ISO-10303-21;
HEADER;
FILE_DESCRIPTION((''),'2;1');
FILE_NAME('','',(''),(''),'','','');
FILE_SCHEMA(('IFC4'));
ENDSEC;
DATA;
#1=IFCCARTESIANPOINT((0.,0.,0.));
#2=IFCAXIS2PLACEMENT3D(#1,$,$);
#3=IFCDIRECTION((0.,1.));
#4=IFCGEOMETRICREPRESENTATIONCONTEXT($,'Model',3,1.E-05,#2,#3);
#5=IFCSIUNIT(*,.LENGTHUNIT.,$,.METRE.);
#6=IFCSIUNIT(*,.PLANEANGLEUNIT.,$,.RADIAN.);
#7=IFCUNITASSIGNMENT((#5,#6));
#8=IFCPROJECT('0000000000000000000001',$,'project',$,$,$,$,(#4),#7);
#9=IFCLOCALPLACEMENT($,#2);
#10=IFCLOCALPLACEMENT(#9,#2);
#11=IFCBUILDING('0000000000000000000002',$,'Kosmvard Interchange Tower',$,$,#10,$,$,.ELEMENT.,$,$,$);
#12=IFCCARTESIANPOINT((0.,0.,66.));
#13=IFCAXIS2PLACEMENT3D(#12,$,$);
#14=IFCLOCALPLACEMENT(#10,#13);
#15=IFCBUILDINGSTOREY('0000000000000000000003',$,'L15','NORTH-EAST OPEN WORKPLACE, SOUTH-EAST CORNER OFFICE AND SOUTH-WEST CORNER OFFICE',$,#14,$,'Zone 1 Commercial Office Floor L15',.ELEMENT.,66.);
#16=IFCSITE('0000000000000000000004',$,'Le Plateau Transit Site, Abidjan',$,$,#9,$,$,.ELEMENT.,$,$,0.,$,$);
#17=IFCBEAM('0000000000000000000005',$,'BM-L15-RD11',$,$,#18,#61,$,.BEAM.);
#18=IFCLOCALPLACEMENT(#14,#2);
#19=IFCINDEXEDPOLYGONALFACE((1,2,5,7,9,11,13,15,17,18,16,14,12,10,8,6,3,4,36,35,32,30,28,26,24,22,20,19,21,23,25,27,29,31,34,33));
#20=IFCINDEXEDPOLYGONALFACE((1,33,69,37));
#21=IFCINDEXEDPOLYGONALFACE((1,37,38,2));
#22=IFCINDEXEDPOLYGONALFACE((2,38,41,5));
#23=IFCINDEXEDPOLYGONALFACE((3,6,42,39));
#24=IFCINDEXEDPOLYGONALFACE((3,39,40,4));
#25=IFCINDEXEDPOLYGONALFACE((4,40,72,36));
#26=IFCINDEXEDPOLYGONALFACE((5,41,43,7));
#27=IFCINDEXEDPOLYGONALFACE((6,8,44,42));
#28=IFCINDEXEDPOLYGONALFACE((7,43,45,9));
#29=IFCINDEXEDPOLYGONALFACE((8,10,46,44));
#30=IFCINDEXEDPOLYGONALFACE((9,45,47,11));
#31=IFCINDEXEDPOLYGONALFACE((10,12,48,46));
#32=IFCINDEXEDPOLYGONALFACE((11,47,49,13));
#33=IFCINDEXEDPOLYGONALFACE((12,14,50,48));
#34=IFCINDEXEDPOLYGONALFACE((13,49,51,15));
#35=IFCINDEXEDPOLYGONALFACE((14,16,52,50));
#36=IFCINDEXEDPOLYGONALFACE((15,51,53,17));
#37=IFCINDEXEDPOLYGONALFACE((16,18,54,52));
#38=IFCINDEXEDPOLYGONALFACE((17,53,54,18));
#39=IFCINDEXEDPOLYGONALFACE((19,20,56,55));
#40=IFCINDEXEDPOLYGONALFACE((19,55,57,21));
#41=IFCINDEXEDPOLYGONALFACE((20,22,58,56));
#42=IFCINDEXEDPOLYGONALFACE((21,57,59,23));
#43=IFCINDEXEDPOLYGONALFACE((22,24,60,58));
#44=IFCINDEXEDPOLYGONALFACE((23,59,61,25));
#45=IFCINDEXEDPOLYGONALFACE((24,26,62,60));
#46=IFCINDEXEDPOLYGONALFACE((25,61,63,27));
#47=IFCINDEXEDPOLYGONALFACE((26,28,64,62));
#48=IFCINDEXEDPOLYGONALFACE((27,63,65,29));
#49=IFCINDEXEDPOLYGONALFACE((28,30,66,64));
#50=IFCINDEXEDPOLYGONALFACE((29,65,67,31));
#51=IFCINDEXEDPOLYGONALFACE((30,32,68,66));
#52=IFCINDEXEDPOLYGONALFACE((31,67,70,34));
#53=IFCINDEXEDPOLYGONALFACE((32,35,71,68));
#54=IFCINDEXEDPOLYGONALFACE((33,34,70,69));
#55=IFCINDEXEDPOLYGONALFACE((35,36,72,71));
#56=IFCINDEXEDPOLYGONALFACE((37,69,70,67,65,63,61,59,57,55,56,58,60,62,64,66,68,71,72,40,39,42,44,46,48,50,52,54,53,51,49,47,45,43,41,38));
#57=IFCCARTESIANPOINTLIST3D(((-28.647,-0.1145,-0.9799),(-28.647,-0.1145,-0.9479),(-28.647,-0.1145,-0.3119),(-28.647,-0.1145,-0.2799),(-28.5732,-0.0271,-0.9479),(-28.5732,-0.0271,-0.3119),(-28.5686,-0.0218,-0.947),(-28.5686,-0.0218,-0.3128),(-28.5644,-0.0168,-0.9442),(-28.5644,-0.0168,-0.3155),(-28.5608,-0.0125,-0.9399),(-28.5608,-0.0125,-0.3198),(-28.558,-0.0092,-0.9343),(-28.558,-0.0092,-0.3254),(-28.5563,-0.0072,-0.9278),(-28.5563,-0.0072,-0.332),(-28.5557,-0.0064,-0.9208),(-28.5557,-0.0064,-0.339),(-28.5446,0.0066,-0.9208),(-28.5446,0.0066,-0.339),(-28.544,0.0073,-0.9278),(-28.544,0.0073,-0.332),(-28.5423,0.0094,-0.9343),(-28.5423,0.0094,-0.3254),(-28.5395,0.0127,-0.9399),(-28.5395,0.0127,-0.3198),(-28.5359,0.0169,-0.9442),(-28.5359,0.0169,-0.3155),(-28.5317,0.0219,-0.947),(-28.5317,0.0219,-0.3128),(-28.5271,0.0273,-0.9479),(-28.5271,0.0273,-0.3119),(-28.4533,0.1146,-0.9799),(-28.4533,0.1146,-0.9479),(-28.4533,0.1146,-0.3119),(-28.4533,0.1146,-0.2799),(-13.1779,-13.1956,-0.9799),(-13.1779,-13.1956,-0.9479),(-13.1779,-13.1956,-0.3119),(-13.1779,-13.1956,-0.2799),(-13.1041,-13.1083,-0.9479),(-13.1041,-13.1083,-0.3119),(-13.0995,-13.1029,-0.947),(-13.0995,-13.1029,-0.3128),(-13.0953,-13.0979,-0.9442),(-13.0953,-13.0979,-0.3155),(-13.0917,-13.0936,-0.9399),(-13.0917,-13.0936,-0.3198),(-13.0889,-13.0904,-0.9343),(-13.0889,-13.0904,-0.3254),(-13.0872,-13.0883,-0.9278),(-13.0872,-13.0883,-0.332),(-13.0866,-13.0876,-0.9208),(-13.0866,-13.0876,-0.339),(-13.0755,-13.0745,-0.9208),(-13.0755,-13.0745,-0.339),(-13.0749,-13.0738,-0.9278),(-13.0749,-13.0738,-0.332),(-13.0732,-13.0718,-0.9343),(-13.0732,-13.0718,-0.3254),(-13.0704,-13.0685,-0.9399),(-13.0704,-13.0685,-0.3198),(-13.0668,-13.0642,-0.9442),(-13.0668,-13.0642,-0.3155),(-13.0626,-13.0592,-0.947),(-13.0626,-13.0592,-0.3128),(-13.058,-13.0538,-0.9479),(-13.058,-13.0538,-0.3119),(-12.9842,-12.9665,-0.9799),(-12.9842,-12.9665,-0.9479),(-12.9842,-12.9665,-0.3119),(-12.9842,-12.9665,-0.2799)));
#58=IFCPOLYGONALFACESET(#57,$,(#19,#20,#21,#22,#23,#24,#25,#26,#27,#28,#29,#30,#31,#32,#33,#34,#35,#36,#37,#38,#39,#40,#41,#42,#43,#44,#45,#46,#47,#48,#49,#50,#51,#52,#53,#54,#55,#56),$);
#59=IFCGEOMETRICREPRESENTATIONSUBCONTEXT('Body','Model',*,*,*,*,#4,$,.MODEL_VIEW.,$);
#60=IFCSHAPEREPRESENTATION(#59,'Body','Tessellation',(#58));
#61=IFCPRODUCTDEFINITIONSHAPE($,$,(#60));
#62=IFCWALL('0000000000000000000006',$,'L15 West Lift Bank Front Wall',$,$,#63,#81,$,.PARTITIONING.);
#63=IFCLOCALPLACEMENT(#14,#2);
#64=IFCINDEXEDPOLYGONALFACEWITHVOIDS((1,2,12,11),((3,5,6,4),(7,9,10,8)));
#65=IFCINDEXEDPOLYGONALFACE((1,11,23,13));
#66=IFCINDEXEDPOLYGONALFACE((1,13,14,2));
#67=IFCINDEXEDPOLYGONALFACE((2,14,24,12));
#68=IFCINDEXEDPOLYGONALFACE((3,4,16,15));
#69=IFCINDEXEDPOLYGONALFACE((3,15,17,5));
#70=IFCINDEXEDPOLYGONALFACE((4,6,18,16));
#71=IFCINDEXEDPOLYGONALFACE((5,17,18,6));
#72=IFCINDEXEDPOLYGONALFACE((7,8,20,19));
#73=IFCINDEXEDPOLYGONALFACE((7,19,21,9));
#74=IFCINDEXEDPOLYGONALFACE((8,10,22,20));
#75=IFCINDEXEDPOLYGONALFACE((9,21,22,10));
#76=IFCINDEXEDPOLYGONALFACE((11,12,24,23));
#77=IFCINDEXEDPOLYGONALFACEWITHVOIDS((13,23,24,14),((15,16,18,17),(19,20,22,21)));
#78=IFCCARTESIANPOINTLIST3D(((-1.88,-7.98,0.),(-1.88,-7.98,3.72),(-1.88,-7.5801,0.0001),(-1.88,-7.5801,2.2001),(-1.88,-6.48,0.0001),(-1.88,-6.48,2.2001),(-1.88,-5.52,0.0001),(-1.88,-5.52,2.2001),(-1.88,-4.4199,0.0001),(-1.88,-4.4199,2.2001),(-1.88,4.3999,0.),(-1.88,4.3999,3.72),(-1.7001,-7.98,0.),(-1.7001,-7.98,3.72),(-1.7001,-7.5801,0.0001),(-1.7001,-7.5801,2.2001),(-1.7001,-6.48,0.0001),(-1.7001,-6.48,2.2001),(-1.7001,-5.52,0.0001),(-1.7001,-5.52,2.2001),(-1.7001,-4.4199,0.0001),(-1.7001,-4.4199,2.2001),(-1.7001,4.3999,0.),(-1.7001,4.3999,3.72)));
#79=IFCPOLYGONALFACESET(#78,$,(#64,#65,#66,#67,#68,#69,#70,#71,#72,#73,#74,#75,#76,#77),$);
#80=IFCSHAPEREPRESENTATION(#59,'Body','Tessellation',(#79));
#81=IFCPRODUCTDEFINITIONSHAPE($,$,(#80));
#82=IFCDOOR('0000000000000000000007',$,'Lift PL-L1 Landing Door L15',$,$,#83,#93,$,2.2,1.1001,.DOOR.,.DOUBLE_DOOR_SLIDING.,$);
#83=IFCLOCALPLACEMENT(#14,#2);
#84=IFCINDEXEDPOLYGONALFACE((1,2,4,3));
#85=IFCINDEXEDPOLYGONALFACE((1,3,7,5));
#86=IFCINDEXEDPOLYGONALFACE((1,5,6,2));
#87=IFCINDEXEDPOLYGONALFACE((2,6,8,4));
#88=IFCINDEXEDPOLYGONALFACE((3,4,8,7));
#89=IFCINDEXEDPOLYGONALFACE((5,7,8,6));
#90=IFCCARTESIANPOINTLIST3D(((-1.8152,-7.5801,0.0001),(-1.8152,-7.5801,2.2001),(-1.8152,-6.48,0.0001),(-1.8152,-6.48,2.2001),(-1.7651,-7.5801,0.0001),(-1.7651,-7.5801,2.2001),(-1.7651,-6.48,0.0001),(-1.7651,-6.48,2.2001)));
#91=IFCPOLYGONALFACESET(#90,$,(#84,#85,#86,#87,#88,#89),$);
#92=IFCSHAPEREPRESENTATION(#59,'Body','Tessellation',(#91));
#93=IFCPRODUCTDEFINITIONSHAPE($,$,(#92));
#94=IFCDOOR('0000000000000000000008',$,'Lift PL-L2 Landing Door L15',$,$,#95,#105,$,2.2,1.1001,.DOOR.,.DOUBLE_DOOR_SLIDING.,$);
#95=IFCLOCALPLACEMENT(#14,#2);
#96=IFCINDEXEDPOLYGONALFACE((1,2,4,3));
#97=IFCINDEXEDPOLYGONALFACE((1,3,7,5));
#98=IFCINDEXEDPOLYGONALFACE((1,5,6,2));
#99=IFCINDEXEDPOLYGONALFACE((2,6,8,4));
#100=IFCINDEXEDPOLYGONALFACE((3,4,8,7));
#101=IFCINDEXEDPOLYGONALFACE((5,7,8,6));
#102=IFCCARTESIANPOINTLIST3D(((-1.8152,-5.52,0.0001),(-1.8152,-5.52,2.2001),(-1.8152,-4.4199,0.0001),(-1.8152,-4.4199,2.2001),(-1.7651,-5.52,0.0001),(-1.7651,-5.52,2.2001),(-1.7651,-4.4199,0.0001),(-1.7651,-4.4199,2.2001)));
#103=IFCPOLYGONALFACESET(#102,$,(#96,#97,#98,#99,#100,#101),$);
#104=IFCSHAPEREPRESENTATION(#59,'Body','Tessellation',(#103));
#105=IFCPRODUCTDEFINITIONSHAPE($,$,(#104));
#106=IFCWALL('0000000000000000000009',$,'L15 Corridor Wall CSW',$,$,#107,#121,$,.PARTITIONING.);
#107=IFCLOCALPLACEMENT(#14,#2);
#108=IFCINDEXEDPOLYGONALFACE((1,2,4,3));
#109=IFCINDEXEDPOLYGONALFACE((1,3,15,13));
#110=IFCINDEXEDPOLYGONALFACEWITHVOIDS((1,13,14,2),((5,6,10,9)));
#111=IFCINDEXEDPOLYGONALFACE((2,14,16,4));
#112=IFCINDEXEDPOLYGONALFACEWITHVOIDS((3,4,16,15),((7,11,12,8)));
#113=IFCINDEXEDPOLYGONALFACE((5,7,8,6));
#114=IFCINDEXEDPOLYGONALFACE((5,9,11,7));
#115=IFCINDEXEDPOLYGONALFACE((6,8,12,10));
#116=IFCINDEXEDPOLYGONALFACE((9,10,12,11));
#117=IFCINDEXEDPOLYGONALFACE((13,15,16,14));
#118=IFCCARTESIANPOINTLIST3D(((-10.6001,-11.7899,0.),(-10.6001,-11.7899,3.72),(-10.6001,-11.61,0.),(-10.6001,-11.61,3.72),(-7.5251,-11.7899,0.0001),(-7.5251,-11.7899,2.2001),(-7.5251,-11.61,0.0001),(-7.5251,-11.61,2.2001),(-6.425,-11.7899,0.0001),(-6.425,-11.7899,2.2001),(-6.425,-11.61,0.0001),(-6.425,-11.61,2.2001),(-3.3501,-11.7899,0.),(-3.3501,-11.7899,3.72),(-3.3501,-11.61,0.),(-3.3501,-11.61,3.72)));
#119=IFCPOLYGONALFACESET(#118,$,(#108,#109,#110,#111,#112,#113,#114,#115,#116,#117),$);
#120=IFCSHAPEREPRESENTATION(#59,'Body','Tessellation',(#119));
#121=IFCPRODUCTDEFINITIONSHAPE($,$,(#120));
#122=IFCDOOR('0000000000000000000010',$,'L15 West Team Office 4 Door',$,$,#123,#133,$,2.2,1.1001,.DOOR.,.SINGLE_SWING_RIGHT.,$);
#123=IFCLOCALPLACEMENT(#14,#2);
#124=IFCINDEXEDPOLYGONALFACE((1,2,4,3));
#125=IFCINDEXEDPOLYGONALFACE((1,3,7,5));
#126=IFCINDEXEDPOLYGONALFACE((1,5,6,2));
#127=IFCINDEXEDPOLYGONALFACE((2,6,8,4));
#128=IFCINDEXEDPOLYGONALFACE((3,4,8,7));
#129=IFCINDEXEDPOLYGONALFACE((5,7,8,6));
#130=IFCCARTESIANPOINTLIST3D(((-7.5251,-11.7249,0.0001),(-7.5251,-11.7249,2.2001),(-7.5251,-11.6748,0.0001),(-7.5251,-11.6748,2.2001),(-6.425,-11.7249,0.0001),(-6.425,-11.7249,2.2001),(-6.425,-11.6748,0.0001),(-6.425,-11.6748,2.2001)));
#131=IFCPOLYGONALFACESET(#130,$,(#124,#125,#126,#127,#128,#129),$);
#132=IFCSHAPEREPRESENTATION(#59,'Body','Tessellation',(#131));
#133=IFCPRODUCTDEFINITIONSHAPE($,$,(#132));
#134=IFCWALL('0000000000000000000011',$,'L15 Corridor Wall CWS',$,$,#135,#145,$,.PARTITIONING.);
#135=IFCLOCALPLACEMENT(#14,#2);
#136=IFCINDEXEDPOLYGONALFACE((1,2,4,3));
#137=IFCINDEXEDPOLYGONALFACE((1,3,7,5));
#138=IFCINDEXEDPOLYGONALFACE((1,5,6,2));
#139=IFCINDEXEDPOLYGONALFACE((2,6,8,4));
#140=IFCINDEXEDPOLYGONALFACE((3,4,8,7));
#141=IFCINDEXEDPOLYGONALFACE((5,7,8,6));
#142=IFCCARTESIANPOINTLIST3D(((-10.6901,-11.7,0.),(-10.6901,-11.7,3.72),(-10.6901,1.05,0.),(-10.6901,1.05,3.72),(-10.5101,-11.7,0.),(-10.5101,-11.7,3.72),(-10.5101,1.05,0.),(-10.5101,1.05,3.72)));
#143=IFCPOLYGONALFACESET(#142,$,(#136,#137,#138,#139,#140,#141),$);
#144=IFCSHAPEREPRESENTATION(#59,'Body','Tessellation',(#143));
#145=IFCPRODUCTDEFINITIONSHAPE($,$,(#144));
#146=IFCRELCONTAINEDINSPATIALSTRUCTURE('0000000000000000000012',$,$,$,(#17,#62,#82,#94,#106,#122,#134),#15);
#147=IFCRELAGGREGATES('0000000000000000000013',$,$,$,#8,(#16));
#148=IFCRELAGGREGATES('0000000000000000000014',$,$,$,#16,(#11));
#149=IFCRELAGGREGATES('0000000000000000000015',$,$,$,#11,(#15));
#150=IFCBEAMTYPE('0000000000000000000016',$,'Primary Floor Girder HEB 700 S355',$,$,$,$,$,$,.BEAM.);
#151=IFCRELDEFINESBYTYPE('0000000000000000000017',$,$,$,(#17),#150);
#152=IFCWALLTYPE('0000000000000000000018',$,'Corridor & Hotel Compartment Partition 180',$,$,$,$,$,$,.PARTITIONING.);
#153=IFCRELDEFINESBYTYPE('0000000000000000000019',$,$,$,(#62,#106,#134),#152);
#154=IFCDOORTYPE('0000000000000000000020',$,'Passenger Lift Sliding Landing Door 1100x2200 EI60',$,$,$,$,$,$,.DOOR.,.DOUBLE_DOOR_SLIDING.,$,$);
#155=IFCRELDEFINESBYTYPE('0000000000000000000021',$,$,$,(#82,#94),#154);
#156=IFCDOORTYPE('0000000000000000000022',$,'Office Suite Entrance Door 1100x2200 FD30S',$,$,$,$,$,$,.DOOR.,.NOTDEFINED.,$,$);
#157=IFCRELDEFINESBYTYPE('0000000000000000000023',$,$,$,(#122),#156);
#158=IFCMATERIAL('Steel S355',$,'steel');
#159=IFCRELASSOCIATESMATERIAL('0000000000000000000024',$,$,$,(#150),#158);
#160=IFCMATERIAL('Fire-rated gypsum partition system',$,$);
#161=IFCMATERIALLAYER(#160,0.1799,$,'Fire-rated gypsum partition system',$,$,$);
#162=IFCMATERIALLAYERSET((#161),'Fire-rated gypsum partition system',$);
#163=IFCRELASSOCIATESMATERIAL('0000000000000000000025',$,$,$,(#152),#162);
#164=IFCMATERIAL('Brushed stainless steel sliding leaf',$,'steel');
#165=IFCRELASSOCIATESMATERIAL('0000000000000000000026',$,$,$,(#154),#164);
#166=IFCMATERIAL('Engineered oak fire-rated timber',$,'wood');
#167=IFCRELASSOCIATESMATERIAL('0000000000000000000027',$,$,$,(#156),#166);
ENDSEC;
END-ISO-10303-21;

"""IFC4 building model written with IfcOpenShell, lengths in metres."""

from ifc_helpers import new_model, si_unit, direction, frame, frame_2d, origin, origin_2d, place, context, subcontext, project, spatial, rectangle, i_section, extrude, source, transform, mapped, material, layer, layer_set, material_profile, profile_set, type_object, element, fill, save


model = new_model("IFC4")

# Units and contexts
model_context = context("Model", 3, precision=1e-05, world=origin(), true_north=direction((0.0, 1.0)))
body_context = subcontext(model_context, "Body", "Model", "MODEL_VIEW")
ifc_project = project(units=[si_unit("LENGTHUNIT", "METRE"), si_unit("PLANEANGLEUNIT", "RADIAN")], contexts=[model_context])

# Site, building, storey
site_placement = place(None, origin())
site = spatial("IfcSite", under=ifc_project, at=site_placement, Name="Le Plateau Transit Site, Abidjan", CompositionType="ELEMENT", RefElevation=0.0)
building_placement = place(site_placement, origin())
building = spatial("IfcBuilding", under=site, at=building_placement, Name="Kosmvard Interchange Tower", CompositionType="ELEMENT")
storey_placement = place(building_placement, frame((0.0, 0.0, 66.0)))
storey = spatial("IfcBuildingStorey", under=building, at=storey_placement, Name="L15", Description="NORTH-EAST OPEN WORKPLACE, SOUTH-EAST CORNER OFFICE AND SOUTH-WEST CORNER OFFICE", LongName="Zone 1 Commercial Office Floor L15", CompositionType="ELEMENT", Elevation=66.0)

# Beam
ifc_material_1 = material(Name="Steel S355", Category="steel")
ifc_material_profile_1 = material_profile(ifc_material_1, i_section(OverallWidth=0.3, OverallDepth=0.7, WebThickness=0.0171, FlangeThickness=0.032, FilletRadius=0.0271, at=origin_2d()), Name="HEB 700")
ifc_profile_set_1 = profile_set([ifc_material_profile_1], Name="Steel S355")
beam_type_1 = type_object("IfcBeamType", Name="Primary Floor Girder HEB 700 S355", PredefinedType="BEAM", material=ifc_profile_set_1)
shared_shape_1 = source(origin(), body_context, "Body", "SweptSolid", [
    extrude(i_section(OverallWidth=0.3, OverallDepth=0.7, WebThickness=0.0171, FlangeThickness=0.032, FilletRadius=0.0271, at=origin_2d()), origin(), (0.0, 0.0, 1.0), 20.2585),
])
for number, where, z_axis, x_axis, name in (
    (1, (-13.0811, -13.0811, -0.6299), (-0.763583, 0.645709, 0.0), (-0.645709, -0.763583, 0.0), "BM-L15-RD11"),
):
    element("IfcBeam", number, at=place(storey_placement, frame(where, z_axis=z_axis, x_axis=x_axis)), inside=storey, type_object=beam_type_1, Name=name, PredefinedType="BEAM", context=body_context, shape_type="MappedRepresentation", body=[
        mapped(shared_shape_1, transform((0.0, 0.0, 0.0), scale=1.0)),
    ])

# Wall, openings, doors
ifc_material_2 = material(Name="Fire-rated gypsum partition system")
ifc_layer_1 = layer(ifc_material_2, 0.1799, Name="Fire-rated gypsum partition system")
ifc_layer_set_1 = layer_set([ifc_layer_1], Name="Fire-rated gypsum partition system")
wall_type_1 = type_object("IfcWallType", Name="Corridor & Hotel Compartment Partition 180", PredefinedType="PARTITIONING", material=ifc_layer_set_1)
wall_1_placement = place(storey_placement, frame((-1.79, -7.98, 0.0), z_axis=(0.0, 0.0, 1.0), x_axis=(0.0, 1.0, 0.0)))
wall_1 = element("IfcWall", 2, at=wall_1_placement, inside=storey, type_object=wall_type_1, Name="L15 West Lift Bank Front Wall", PredefinedType="PARTITIONING", context=body_context, shape_type="SweptSolid", body=[
    extrude(rectangle(XDim=12.3799, YDim=0.1799, at=frame_2d((6.1899, 0.0))), origin(), (0.0, 0.0, 1.0), 3.72),
])
opening_1_placement = place(wall_1_placement, frame((0.3999, 0.0, 0.0)))
opening_1 = element("IfcOpeningElement", 3, at=opening_1_placement, cuts=wall_1, PredefinedType="OPENING", context=body_context, shape_type="SweptSolid", body=[
    extrude(rectangle(XDim=1.1001, YDim=2.2, at=frame_2d((0.55, 1.1001))), frame((0.0, 0.1001, 0.0), z_axis=(0.0, -1.0, 0.0), x_axis=(1.0, 0.0, 0.0)), (0.0, 0.0, 1.0), 0.2),
])
opening_2_placement = place(wall_1_placement, frame((2.46, 0.0, 0.0)))
opening_2 = element("IfcOpeningElement", 4, at=opening_2_placement, cuts=wall_1, PredefinedType="OPENING", context=body_context, shape_type="SweptSolid", body=[
    extrude(rectangle(XDim=1.1001, YDim=2.2, at=frame_2d((0.55, 1.1001))), frame((0.0, 0.1001, 0.0), z_axis=(0.0, -1.0, 0.0), x_axis=(1.0, 0.0, 0.0)), (0.0, 0.0, 1.0), 0.2),
])
ifc_material_3 = material(Name="Brushed stainless steel sliding leaf", Category="steel")
door_type_1 = type_object("IfcDoorType", Name="Passenger Lift Sliding Landing Door 1100x2200 EI60", OperationType="DOUBLE_DOOR_SLIDING", PredefinedType="DOOR", material=ifc_material_3)
shared_shape_2 = source(origin(), body_context, "Body", "SweptSolid", [
    extrude(rectangle(XDim=1.1001, YDim=2.2, at=frame_2d((0.55, 1.1001))), frame((0.0, 0.0249, 0.0), z_axis=(0.0, -1.0, 0.0), x_axis=(1.0, 0.0, 0.0)), (0.0, 0.0, 1.0), 0.05),
])
door_1_placement = place(opening_1_placement, frame((1.1001, 0.0, 0.0), z_axis=(0.0, 0.0, 1.0), x_axis=(-1.0, 0.0, 0.0)))
door_1 = element("IfcDoor", 5, at=door_1_placement, inside=storey, type_object=door_type_1, Name="Lift PL-L1 Landing Door L15", OperationType="DOUBLE_DOOR_SLIDING", OverallHeight=2.2, OverallWidth=1.1001, PredefinedType="DOOR", context=body_context, shape_type="MappedRepresentation", body=[
    mapped(shared_shape_2, transform((0.0, 0.0, 0.0), scale=1.0)),
])
fill(opening_1, door_1)
door_2_placement = place(opening_2_placement, frame((1.1001, 0.0, 0.0), z_axis=(0.0, 0.0, 1.0), x_axis=(-1.0, 0.0, 0.0)))
door_2 = element("IfcDoor", 6, at=door_2_placement, inside=storey, type_object=door_type_1, Name="Lift PL-L2 Landing Door L15", OperationType="DOUBLE_DOOR_SLIDING", OverallHeight=2.2, OverallWidth=1.1001, PredefinedType="DOOR", context=body_context, shape_type="MappedRepresentation", body=[
    mapped(shared_shape_2, transform((0.0, 0.0, 0.0), scale=1.0)),
])
fill(opening_2, door_2)

# Wall, opening, door
wall_2_placement = place(storey_placement, frame((-10.6001, -11.7, 0.0), z_axis=(0.0, 0.0, 1.0), x_axis=(1.0, 0.0, 0.0)))
wall_2 = element("IfcWall", 7, at=wall_2_placement, inside=storey, type_object=wall_type_1, Name="L15 Corridor Wall CSW", PredefinedType="PARTITIONING", context=body_context, shape_type="SweptSolid", body=[
    extrude(rectangle(XDim=7.25, YDim=0.1799, at=frame_2d((3.625, 0.0))), origin(), (0.0, 0.0, 1.0), 3.72),
])
opening_3_placement = place(wall_2_placement, frame((3.075, 0.0, 0.0)))
opening_3 = element("IfcOpeningElement", 8, at=opening_3_placement, cuts=wall_2, PredefinedType="OPENING", context=body_context, shape_type="SweptSolid", body=[
    extrude(rectangle(XDim=1.1001, YDim=2.2, at=frame_2d((0.55, 1.1001))), frame((0.0, 0.1001, 0.0), z_axis=(0.0, -1.0, 0.0), x_axis=(1.0, 0.0, 0.0)), (0.0, 0.0, 1.0), 0.2),
])
ifc_material_4 = material(Name="Engineered oak fire-rated timber", Category="wood")
door_type_2 = type_object("IfcDoorType", Name="Office Suite Entrance Door 1100x2200 FD30S", OperationType="NOTDEFINED", PredefinedType="DOOR", material=ifc_material_4)
door_3_placement = place(opening_3_placement, frame((1.1001, 0.0, 0.0), z_axis=(0.0, 0.0, 1.0), x_axis=(-1.0, 0.0, 0.0)))
door_3 = element("IfcDoor", 9, at=door_3_placement, inside=storey, type_object=door_type_2, Name="L15 West Team Office 4 Door", OperationType="SINGLE_SWING_RIGHT", OverallHeight=2.2, OverallWidth=1.1001, PredefinedType="DOOR", context=body_context, shape_type="MappedRepresentation", body=[
    mapped(shared_shape_2, transform((0.0, 0.0, 0.0), scale=1.0)),
])
fill(opening_3, door_3)

# Wall
wall_3_placement = place(storey_placement, frame((-10.6001, -11.7, 0.0), z_axis=(0.0, 0.0, 1.0), x_axis=(0.0, 1.0, 0.0)))
element("IfcWall", 10, at=wall_3_placement, inside=storey, type_object=wall_type_1, Name="L15 Corridor Wall CWS", PredefinedType="PARTITIONING", context=body_context, shape_type="SweptSolid", body=[
    extrude(rectangle(XDim=12.75, YDim=0.1799, at=frame_2d((6.375, 0.0))), origin(), (0.0, 0.0, 1.0), 3.72),
])

save(model, "model.ifc")
